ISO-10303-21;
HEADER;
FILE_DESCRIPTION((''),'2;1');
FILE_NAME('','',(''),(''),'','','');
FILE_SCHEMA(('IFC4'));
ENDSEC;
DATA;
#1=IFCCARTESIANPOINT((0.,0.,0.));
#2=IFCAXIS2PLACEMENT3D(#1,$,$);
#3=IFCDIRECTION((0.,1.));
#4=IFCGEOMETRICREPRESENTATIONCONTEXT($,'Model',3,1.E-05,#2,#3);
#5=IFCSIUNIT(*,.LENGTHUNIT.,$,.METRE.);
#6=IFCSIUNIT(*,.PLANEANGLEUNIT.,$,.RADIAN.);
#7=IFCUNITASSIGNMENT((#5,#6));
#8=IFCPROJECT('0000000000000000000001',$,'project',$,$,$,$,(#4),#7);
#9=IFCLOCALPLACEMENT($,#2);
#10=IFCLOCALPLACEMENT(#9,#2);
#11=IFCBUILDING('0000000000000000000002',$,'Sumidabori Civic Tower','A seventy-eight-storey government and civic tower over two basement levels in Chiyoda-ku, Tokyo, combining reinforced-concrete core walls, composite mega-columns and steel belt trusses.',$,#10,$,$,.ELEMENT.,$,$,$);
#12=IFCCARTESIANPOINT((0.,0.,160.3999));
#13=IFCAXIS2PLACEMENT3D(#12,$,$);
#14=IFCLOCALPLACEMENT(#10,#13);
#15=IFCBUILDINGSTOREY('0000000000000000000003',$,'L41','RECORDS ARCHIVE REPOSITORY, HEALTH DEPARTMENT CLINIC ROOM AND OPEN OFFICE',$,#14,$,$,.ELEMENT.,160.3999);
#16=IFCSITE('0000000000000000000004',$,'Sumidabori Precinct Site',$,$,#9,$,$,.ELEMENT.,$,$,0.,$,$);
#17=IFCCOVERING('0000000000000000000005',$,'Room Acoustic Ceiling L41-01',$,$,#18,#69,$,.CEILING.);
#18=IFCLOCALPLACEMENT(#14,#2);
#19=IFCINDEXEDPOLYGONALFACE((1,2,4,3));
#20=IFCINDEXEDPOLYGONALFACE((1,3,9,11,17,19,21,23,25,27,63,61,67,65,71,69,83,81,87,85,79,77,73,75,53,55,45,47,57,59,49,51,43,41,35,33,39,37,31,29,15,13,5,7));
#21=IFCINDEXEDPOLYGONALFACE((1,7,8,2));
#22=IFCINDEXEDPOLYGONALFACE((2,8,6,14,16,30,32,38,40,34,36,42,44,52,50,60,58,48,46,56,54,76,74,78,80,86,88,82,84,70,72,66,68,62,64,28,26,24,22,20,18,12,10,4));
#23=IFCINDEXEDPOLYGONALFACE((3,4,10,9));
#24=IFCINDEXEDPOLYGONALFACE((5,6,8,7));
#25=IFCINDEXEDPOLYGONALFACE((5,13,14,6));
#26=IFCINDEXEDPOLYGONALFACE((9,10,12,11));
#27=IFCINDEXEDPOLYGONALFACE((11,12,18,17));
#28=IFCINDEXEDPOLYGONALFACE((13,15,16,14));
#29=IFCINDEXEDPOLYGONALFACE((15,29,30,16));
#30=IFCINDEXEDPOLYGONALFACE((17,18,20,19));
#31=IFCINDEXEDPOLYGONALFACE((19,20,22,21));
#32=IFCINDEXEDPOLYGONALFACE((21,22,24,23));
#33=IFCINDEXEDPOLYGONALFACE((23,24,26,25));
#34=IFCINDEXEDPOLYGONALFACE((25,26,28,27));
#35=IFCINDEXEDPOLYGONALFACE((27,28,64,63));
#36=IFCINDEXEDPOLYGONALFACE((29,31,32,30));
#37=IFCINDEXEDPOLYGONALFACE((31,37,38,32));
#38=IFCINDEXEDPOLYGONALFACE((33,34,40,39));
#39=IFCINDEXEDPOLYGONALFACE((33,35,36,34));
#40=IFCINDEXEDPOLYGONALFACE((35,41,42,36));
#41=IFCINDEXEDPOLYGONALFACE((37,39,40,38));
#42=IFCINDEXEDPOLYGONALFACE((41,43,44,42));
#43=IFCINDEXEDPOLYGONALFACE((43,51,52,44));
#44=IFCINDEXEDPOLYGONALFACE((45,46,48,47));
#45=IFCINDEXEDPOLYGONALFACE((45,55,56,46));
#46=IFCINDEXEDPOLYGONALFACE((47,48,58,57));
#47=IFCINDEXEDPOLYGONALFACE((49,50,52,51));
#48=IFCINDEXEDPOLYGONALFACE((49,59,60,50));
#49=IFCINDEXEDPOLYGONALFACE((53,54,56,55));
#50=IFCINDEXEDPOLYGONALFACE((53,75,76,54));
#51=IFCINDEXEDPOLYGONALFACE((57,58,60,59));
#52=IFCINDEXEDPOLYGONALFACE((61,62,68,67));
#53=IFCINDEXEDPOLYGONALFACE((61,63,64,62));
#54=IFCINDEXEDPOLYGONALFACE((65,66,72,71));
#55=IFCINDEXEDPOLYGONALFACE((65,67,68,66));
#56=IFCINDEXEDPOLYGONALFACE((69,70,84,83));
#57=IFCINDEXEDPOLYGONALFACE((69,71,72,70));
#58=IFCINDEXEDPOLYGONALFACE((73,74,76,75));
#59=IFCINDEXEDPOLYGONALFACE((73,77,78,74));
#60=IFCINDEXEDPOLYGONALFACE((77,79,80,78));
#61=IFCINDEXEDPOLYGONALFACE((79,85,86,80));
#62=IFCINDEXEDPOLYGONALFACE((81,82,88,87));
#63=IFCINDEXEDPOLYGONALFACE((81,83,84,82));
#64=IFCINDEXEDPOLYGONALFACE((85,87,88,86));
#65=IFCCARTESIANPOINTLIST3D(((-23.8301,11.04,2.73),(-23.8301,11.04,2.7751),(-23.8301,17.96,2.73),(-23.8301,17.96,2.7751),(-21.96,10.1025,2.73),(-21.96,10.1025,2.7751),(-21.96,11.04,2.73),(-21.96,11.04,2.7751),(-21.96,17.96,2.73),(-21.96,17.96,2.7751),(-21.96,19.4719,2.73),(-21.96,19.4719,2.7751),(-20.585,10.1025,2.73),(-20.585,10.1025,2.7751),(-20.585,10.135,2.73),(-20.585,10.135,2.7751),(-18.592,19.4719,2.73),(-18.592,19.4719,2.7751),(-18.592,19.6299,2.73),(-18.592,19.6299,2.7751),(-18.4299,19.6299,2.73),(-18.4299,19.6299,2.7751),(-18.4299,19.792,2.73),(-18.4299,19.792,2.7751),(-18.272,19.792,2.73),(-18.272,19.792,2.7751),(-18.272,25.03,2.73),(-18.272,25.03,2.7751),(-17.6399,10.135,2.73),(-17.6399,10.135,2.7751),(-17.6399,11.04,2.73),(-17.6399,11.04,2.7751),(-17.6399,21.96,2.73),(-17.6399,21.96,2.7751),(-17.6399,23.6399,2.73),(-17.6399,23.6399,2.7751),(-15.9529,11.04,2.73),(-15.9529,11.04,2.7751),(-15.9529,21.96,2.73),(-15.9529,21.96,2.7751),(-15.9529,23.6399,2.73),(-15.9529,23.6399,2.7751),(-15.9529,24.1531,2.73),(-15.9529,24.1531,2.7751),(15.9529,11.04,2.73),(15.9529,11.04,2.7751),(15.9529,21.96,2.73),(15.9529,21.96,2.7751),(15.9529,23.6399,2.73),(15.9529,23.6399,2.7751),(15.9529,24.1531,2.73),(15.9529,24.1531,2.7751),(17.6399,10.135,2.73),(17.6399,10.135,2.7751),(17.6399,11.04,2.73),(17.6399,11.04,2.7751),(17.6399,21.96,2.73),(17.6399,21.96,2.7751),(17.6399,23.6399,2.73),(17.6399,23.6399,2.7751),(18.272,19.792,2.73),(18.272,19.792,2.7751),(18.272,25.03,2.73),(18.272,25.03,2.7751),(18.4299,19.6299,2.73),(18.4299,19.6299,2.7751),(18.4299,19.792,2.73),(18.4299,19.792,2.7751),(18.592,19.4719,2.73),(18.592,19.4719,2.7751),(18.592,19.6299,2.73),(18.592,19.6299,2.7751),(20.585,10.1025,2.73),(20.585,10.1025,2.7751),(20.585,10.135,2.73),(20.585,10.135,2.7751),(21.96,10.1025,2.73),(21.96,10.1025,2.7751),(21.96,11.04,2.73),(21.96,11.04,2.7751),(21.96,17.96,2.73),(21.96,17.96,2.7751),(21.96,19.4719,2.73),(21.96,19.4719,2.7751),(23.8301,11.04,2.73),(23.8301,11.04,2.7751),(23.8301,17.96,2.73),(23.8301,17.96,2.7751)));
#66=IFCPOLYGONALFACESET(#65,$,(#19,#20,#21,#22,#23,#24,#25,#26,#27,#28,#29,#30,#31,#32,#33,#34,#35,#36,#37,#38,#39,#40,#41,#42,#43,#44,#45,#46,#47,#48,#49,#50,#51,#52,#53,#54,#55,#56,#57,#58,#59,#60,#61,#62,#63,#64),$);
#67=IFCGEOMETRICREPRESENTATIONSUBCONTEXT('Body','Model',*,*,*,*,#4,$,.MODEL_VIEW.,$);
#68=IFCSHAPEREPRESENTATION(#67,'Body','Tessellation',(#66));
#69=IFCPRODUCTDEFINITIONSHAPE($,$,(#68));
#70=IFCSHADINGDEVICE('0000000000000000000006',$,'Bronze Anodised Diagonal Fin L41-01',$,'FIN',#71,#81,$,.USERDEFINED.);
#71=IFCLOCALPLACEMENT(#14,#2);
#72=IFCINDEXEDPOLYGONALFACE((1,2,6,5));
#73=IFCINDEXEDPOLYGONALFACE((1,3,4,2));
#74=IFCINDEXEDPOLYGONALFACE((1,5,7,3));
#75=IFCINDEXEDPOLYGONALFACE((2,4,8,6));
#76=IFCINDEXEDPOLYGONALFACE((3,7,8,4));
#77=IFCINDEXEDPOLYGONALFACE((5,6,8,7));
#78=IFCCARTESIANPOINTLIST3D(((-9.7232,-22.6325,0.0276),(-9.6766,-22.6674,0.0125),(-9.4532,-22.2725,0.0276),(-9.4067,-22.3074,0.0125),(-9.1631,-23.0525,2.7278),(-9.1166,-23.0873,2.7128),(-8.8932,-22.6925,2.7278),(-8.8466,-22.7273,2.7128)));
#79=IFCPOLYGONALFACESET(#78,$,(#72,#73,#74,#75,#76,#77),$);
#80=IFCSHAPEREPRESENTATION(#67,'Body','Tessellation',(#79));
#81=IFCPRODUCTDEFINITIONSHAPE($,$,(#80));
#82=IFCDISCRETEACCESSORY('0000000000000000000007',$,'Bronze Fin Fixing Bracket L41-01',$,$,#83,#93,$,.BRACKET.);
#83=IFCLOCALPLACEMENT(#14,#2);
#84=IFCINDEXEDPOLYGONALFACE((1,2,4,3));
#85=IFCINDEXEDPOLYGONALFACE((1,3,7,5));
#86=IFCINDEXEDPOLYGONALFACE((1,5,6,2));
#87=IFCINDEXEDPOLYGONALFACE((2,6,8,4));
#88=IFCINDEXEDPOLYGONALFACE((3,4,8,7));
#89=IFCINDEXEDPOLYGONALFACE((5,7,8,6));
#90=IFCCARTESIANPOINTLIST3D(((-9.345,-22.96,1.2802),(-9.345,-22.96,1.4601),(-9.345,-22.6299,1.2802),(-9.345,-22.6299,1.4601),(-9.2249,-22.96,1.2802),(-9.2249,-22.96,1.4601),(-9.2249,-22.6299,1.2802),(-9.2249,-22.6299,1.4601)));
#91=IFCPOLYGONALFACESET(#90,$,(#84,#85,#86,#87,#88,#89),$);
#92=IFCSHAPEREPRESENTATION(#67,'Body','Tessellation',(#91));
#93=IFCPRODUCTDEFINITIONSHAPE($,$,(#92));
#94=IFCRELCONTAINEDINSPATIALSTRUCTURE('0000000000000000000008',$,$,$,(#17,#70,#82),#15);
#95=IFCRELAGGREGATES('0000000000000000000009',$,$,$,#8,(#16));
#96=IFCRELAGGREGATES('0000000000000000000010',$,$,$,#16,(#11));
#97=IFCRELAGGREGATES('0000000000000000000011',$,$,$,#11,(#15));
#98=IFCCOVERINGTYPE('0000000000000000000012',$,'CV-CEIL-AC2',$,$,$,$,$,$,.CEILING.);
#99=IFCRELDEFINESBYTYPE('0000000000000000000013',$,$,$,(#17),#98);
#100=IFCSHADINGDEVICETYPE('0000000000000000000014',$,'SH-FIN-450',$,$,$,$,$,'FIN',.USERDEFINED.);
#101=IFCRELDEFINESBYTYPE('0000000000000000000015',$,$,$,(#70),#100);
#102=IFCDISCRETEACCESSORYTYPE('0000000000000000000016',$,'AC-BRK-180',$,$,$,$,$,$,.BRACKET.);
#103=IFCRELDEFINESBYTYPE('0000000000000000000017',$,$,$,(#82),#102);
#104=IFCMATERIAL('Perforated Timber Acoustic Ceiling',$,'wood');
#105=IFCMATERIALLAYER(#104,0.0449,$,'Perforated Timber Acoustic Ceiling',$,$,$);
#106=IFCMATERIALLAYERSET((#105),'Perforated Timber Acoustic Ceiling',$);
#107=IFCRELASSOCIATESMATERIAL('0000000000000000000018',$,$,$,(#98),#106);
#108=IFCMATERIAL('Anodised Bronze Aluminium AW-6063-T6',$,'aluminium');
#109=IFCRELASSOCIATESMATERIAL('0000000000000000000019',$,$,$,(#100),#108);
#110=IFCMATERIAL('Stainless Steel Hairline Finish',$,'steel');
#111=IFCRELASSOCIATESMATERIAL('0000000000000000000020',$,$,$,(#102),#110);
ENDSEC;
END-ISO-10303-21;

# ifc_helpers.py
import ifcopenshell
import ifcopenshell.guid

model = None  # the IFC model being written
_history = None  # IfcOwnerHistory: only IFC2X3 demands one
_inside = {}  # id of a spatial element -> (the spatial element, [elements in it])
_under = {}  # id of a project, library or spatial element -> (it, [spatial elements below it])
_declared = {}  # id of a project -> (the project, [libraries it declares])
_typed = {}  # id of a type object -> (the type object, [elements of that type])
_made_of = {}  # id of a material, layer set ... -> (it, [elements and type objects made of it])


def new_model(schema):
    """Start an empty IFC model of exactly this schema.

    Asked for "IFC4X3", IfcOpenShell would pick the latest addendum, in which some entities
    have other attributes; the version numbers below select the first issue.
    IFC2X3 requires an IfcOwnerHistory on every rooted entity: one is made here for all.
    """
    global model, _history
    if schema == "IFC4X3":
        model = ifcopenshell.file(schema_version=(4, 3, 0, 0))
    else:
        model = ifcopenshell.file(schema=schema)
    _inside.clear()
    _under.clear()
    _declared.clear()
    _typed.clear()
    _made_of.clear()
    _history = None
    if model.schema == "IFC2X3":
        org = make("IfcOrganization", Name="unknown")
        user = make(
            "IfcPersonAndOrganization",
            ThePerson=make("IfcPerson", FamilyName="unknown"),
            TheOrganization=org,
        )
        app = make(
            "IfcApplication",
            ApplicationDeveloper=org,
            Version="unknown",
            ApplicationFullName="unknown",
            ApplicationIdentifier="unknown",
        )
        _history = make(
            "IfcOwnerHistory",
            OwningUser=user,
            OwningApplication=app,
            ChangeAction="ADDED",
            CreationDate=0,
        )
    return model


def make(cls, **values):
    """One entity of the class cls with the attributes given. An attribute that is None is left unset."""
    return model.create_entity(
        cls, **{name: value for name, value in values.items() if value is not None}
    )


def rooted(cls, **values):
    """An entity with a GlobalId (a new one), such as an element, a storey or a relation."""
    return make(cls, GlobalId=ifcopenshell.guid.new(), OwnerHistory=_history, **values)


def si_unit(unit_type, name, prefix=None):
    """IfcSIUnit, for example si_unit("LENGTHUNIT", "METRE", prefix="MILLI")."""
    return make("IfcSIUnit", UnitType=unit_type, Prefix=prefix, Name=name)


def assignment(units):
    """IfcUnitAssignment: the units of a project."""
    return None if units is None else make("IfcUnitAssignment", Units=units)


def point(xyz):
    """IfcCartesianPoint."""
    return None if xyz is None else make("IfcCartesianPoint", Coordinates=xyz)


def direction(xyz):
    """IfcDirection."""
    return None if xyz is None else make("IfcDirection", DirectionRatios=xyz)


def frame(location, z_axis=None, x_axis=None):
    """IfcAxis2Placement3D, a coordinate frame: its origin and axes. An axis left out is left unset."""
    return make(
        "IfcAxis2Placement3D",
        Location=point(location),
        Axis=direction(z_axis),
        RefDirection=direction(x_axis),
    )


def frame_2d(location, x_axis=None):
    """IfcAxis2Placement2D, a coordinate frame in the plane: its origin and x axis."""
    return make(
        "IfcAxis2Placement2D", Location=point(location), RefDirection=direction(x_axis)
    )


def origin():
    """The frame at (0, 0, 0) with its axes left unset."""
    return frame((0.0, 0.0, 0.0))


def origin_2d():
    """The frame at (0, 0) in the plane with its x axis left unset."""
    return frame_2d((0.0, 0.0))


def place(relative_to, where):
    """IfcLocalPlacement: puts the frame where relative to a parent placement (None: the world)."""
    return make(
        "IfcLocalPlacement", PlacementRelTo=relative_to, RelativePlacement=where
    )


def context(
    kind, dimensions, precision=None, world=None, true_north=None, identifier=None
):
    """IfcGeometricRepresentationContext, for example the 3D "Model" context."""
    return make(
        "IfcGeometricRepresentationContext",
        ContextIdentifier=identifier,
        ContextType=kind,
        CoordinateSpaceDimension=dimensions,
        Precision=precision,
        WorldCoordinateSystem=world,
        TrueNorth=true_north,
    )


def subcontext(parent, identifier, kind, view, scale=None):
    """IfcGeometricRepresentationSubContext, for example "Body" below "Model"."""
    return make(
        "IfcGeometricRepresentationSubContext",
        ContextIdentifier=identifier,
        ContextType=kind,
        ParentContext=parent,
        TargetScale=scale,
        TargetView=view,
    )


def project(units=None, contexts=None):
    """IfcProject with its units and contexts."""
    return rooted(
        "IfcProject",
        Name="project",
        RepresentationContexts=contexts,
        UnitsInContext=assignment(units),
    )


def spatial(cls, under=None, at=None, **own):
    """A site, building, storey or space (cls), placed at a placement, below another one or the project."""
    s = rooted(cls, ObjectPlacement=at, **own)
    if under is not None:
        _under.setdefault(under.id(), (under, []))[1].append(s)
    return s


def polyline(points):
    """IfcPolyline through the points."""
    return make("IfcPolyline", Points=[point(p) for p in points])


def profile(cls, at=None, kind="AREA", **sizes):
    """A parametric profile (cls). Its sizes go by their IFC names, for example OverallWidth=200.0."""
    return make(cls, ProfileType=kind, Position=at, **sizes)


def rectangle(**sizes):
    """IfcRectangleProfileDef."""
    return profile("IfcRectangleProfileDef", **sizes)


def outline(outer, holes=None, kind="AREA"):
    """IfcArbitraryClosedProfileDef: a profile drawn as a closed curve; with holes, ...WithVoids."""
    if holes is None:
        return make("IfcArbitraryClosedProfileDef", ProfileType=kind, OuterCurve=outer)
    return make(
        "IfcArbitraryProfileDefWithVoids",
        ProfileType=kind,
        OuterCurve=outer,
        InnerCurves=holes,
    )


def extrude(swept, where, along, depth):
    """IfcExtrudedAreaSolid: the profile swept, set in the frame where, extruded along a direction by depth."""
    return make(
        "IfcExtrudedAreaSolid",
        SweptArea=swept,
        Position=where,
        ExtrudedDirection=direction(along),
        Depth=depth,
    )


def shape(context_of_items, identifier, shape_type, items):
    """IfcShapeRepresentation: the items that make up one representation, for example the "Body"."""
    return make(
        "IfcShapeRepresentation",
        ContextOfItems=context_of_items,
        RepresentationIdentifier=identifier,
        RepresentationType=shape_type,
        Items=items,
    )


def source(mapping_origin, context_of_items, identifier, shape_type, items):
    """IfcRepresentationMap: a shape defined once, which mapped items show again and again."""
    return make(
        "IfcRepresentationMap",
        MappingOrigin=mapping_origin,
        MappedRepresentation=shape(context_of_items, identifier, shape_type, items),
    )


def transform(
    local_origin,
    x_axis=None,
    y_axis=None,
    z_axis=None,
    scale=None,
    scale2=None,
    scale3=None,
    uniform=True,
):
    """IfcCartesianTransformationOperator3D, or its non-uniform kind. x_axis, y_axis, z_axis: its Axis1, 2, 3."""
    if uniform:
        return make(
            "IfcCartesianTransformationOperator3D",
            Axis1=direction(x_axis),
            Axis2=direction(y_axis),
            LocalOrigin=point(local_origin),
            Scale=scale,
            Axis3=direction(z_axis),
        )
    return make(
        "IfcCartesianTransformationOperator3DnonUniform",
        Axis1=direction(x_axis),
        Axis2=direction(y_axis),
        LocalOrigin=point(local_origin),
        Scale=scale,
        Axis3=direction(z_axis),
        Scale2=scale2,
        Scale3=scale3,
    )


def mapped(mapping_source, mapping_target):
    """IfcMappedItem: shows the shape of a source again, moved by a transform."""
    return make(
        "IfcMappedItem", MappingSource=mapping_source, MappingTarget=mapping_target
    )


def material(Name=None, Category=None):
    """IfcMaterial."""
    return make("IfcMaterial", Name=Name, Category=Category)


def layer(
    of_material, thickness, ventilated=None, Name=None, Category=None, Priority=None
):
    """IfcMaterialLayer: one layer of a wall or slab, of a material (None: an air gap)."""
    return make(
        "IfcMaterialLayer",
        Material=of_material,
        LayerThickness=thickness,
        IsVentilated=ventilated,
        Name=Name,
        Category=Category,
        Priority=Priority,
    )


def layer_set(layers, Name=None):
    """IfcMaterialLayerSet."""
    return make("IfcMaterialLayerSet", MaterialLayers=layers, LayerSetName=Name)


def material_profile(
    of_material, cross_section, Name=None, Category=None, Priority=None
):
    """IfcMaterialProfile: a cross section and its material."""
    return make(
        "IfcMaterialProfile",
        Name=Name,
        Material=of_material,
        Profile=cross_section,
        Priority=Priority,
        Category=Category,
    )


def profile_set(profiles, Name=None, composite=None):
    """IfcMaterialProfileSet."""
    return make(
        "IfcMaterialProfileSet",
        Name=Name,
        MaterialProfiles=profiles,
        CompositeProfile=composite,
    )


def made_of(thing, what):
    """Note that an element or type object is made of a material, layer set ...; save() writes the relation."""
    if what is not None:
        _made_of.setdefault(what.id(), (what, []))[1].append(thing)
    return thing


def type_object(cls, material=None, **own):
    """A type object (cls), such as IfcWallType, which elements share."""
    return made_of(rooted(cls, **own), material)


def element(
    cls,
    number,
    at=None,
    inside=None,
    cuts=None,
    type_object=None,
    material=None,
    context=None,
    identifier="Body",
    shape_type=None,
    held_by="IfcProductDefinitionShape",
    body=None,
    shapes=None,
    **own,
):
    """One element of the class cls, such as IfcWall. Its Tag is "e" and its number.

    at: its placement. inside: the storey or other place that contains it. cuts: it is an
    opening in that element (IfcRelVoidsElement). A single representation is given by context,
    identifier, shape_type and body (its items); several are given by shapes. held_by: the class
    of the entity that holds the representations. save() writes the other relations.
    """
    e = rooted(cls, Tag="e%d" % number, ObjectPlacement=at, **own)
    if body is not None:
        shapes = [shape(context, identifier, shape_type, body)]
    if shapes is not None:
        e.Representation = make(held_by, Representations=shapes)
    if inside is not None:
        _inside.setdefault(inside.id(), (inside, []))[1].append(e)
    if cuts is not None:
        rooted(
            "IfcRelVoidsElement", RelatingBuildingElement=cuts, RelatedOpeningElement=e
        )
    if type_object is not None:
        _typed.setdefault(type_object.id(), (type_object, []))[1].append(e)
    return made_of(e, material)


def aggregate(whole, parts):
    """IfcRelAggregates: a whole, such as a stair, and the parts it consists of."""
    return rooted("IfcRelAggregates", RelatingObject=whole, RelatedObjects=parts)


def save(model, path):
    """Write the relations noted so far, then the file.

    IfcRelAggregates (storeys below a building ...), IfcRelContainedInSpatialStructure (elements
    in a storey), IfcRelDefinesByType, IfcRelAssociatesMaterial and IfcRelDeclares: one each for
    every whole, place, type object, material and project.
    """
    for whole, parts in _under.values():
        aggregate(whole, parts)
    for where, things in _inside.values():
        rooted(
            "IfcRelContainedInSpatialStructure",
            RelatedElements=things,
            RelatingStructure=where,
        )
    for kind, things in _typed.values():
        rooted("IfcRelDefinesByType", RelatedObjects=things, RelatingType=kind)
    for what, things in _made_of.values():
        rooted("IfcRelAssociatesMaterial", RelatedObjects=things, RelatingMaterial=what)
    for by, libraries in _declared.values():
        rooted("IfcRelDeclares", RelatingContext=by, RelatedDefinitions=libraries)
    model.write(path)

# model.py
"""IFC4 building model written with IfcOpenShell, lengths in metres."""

from ifc_helpers import new_model, si_unit, direction, frame, origin, origin_2d, place, context, subcontext, project, spatial, polyline, rectangle, outline, extrude, source, transform, mapped, material, layer, layer_set, material_profile, profile_set, type_object, element, save


model = new_model("IFC4")

# Units and contexts
model_context = context("Model", 3, precision=1e-05, world=origin(), true_north=direction((0.0, 1.0)))
body_context = subcontext(model_context, "Body", "Model", "MODEL_VIEW")
ifc_project = project(units=[si_unit("LENGTHUNIT", "METRE"), si_unit("PLANEANGLEUNIT", "RADIAN")], contexts=[model_context])

# Site, building, storey
site_placement = place(None, origin())
site = spatial("IfcSite", under=ifc_project, at=site_placement, Name="Sumidabori Precinct Site", CompositionType="ELEMENT", RefElevation=0.0)
building_placement = place(site_placement, origin())
building = spatial("IfcBuilding", under=site, at=building_placement, Name="Sumidabori Civic Tower", Description="A seventy-eight-storey government and civic tower over two basement levels in Chiyoda-ku, Tokyo, combining reinforced-concrete core walls, composite mega-columns and steel belt trusses.", CompositionType="ELEMENT")
storey_placement = place(building_placement, frame((0.0, 0.0, 160.3999)))
storey = spatial("IfcBuildingStorey", under=building, at=storey_placement, Name="L41", Description="RECORDS ARCHIVE REPOSITORY, HEALTH DEPARTMENT CLINIC ROOM AND OPEN OFFICE", CompositionType="ELEMENT", Elevation=160.3999)

# Shared definitions
ifc_material_1 = material(Name="Anodised Bronze Aluminium AW-6063-T6", Category="aluminium")

# Covering
ifc_material_2 = material(Name="Perforated Timber Acoustic Ceiling", Category="wood")
ifc_layer_1 = layer(ifc_material_2, 0.0449, Name="Perforated Timber Acoustic Ceiling")
ifc_layer_set_1 = layer_set([ifc_layer_1], Name="Perforated Timber Acoustic Ceiling")
covering_type = type_object("IfcCoveringType", Name="CV-CEIL-AC2", PredefinedType="CEILING", material=ifc_layer_set_1)
covering_placement = place(storey_placement, frame((0.0, 0.0, 2.73)))
element("IfcCovering", 1, at=covering_placement, inside=storey, type_object=covering_type, Name="Room Acoustic Ceiling L41-01", PredefinedType="CEILING", context=body_context, shape_type="SweptSolid", body=[
    extrude(outline(polyline([(-23.8301, 17.96), (-21.96, 17.96), (-21.96, 19.4719), (-18.592, 19.4719), (-18.592, 19.6299), (-18.4299, 19.6299), (-18.4299, 19.792), (-18.272, 19.792), (-18.272, 25.03), (18.272, 25.03), (18.272, 19.792), (18.4299, 19.792), (18.4299, 19.6299), (18.592, 19.6299), (18.592, 19.4719), (21.96, 19.4719), (21.96, 17.96), (23.8301, 17.96), (23.8301, 11.04), (21.96, 11.04), (21.96, 10.1025), (20.585, 10.1025), (20.585, 10.135), (17.6399, 10.135), (17.6399, 11.04), (15.9529, 11.04), (15.9529, 21.96), (17.6399, 21.96), (17.6399, 23.6399), (15.9529, 23.6399), (15.9529, 24.1531), (-15.9529, 24.1531), (-15.9529, 23.6399), (-17.6399, 23.6399), (-17.6399, 21.96), (-15.9529, 21.96), (-15.9529, 11.04), (-17.6399, 11.04), (-17.6399, 10.135), (-20.585, 10.135), (-20.585, 10.1025), (-21.96, 10.1025), (-21.96, 11.04), (-23.8301, 11.04), (-23.8301, 17.96)])), origin(), (0.0, 0.0, 1.0), 0.0452),
])

# Shading device
ifc_material_profile_1 = material_profile(ifc_material_1, rectangle(XDim=0.0601, YDim=0.45, at=origin_2d()), Name="BRONZE FIN 450x60")
ifc_profile_set_1 = profile_set([ifc_material_profile_1], Name="Anodised Bronze Aluminium AW-6063-T6")
shading_device_type = type_object("IfcShadingDeviceType", Name="SH-FIN-450", ElementType="FIN", PredefinedType="USERDEFINED", material=ifc_profile_set_1)
shared_shape_1 = source(origin(), body_context, "Body", "SweptSolid", [
    extrude(rectangle(XDim=0.0601, YDim=0.45, at=origin_2d()), origin(), (0.0, 0.0, 1.0), 2.7896),
])
shading_device_placement = place(storey_placement, frame((-9.5649, -22.47, 0.02), z_axis=(0.200777, -0.150539, 0.968001), x_axis=(0.774482, -0.580693, -0.250945)))
element("IfcShadingDevice", 2, at=shading_device_placement, inside=storey, type_object=shading_device_type, Name="Bronze Anodised Diagonal Fin L41-01", ObjectType="FIN", PredefinedType="USERDEFINED", context=body_context, shape_type="MappedRepresentation", body=[
    mapped(shared_shape_1, transform((0.0, 0.0, 0.0), x_axis=(1.0, 0.0, 0.0), y_axis=(0.0, 1.0, 0.0), z_axis=(0.0, 0.0, 1.0), scale=1.0)),
])

# Discrete accessory
ifc_material_3 = material(Name="Stainless Steel Hairline Finish", Category="steel")
ifc_material_profile_2 = material_profile(ifc_material_3, rectangle(XDim=0.1201, YDim=0.1799, at=origin_2d()), Name="STEEL BRACKET 180x120")
ifc_profile_set_2 = profile_set([ifc_material_profile_2], Name="Stainless Steel Hairline Finish")
discrete_accessory_type = type_object("IfcDiscreteAccessoryType", Name="AC-BRK-180", PredefinedType="BRACKET", material=ifc_profile_set_2)
shared_shape_2 = source(origin(), body_context, "Body", "SweptSolid", [
    extrude(rectangle(XDim=0.1201, YDim=0.1799, at=origin_2d()), origin(), (0.0, 0.0, 1.0), 0.3301),
])
discrete_accessory_placement = place(storey_placement, frame((-9.2849, -22.6299, 1.3701), z_axis=(0.0, -1.0, 0.0), x_axis=(1.0, 0.0, 0.0)))
element("IfcDiscreteAccessory", 3, at=discrete_accessory_placement, inside=storey, type_object=discrete_accessory_type, Name="Bronze Fin Fixing Bracket L41-01", PredefinedType="BRACKET", context=body_context, shape_type="MappedRepresentation", body=[
    mapped(shared_shape_2, transform((0.0, 0.0, 0.0), x_axis=(1.0, 0.0, 0.0), y_axis=(0.0, 1.0, 0.0), z_axis=(0.0, 0.0, 1.0), scale=1.0)),
])

save(model, "model.ifc")
